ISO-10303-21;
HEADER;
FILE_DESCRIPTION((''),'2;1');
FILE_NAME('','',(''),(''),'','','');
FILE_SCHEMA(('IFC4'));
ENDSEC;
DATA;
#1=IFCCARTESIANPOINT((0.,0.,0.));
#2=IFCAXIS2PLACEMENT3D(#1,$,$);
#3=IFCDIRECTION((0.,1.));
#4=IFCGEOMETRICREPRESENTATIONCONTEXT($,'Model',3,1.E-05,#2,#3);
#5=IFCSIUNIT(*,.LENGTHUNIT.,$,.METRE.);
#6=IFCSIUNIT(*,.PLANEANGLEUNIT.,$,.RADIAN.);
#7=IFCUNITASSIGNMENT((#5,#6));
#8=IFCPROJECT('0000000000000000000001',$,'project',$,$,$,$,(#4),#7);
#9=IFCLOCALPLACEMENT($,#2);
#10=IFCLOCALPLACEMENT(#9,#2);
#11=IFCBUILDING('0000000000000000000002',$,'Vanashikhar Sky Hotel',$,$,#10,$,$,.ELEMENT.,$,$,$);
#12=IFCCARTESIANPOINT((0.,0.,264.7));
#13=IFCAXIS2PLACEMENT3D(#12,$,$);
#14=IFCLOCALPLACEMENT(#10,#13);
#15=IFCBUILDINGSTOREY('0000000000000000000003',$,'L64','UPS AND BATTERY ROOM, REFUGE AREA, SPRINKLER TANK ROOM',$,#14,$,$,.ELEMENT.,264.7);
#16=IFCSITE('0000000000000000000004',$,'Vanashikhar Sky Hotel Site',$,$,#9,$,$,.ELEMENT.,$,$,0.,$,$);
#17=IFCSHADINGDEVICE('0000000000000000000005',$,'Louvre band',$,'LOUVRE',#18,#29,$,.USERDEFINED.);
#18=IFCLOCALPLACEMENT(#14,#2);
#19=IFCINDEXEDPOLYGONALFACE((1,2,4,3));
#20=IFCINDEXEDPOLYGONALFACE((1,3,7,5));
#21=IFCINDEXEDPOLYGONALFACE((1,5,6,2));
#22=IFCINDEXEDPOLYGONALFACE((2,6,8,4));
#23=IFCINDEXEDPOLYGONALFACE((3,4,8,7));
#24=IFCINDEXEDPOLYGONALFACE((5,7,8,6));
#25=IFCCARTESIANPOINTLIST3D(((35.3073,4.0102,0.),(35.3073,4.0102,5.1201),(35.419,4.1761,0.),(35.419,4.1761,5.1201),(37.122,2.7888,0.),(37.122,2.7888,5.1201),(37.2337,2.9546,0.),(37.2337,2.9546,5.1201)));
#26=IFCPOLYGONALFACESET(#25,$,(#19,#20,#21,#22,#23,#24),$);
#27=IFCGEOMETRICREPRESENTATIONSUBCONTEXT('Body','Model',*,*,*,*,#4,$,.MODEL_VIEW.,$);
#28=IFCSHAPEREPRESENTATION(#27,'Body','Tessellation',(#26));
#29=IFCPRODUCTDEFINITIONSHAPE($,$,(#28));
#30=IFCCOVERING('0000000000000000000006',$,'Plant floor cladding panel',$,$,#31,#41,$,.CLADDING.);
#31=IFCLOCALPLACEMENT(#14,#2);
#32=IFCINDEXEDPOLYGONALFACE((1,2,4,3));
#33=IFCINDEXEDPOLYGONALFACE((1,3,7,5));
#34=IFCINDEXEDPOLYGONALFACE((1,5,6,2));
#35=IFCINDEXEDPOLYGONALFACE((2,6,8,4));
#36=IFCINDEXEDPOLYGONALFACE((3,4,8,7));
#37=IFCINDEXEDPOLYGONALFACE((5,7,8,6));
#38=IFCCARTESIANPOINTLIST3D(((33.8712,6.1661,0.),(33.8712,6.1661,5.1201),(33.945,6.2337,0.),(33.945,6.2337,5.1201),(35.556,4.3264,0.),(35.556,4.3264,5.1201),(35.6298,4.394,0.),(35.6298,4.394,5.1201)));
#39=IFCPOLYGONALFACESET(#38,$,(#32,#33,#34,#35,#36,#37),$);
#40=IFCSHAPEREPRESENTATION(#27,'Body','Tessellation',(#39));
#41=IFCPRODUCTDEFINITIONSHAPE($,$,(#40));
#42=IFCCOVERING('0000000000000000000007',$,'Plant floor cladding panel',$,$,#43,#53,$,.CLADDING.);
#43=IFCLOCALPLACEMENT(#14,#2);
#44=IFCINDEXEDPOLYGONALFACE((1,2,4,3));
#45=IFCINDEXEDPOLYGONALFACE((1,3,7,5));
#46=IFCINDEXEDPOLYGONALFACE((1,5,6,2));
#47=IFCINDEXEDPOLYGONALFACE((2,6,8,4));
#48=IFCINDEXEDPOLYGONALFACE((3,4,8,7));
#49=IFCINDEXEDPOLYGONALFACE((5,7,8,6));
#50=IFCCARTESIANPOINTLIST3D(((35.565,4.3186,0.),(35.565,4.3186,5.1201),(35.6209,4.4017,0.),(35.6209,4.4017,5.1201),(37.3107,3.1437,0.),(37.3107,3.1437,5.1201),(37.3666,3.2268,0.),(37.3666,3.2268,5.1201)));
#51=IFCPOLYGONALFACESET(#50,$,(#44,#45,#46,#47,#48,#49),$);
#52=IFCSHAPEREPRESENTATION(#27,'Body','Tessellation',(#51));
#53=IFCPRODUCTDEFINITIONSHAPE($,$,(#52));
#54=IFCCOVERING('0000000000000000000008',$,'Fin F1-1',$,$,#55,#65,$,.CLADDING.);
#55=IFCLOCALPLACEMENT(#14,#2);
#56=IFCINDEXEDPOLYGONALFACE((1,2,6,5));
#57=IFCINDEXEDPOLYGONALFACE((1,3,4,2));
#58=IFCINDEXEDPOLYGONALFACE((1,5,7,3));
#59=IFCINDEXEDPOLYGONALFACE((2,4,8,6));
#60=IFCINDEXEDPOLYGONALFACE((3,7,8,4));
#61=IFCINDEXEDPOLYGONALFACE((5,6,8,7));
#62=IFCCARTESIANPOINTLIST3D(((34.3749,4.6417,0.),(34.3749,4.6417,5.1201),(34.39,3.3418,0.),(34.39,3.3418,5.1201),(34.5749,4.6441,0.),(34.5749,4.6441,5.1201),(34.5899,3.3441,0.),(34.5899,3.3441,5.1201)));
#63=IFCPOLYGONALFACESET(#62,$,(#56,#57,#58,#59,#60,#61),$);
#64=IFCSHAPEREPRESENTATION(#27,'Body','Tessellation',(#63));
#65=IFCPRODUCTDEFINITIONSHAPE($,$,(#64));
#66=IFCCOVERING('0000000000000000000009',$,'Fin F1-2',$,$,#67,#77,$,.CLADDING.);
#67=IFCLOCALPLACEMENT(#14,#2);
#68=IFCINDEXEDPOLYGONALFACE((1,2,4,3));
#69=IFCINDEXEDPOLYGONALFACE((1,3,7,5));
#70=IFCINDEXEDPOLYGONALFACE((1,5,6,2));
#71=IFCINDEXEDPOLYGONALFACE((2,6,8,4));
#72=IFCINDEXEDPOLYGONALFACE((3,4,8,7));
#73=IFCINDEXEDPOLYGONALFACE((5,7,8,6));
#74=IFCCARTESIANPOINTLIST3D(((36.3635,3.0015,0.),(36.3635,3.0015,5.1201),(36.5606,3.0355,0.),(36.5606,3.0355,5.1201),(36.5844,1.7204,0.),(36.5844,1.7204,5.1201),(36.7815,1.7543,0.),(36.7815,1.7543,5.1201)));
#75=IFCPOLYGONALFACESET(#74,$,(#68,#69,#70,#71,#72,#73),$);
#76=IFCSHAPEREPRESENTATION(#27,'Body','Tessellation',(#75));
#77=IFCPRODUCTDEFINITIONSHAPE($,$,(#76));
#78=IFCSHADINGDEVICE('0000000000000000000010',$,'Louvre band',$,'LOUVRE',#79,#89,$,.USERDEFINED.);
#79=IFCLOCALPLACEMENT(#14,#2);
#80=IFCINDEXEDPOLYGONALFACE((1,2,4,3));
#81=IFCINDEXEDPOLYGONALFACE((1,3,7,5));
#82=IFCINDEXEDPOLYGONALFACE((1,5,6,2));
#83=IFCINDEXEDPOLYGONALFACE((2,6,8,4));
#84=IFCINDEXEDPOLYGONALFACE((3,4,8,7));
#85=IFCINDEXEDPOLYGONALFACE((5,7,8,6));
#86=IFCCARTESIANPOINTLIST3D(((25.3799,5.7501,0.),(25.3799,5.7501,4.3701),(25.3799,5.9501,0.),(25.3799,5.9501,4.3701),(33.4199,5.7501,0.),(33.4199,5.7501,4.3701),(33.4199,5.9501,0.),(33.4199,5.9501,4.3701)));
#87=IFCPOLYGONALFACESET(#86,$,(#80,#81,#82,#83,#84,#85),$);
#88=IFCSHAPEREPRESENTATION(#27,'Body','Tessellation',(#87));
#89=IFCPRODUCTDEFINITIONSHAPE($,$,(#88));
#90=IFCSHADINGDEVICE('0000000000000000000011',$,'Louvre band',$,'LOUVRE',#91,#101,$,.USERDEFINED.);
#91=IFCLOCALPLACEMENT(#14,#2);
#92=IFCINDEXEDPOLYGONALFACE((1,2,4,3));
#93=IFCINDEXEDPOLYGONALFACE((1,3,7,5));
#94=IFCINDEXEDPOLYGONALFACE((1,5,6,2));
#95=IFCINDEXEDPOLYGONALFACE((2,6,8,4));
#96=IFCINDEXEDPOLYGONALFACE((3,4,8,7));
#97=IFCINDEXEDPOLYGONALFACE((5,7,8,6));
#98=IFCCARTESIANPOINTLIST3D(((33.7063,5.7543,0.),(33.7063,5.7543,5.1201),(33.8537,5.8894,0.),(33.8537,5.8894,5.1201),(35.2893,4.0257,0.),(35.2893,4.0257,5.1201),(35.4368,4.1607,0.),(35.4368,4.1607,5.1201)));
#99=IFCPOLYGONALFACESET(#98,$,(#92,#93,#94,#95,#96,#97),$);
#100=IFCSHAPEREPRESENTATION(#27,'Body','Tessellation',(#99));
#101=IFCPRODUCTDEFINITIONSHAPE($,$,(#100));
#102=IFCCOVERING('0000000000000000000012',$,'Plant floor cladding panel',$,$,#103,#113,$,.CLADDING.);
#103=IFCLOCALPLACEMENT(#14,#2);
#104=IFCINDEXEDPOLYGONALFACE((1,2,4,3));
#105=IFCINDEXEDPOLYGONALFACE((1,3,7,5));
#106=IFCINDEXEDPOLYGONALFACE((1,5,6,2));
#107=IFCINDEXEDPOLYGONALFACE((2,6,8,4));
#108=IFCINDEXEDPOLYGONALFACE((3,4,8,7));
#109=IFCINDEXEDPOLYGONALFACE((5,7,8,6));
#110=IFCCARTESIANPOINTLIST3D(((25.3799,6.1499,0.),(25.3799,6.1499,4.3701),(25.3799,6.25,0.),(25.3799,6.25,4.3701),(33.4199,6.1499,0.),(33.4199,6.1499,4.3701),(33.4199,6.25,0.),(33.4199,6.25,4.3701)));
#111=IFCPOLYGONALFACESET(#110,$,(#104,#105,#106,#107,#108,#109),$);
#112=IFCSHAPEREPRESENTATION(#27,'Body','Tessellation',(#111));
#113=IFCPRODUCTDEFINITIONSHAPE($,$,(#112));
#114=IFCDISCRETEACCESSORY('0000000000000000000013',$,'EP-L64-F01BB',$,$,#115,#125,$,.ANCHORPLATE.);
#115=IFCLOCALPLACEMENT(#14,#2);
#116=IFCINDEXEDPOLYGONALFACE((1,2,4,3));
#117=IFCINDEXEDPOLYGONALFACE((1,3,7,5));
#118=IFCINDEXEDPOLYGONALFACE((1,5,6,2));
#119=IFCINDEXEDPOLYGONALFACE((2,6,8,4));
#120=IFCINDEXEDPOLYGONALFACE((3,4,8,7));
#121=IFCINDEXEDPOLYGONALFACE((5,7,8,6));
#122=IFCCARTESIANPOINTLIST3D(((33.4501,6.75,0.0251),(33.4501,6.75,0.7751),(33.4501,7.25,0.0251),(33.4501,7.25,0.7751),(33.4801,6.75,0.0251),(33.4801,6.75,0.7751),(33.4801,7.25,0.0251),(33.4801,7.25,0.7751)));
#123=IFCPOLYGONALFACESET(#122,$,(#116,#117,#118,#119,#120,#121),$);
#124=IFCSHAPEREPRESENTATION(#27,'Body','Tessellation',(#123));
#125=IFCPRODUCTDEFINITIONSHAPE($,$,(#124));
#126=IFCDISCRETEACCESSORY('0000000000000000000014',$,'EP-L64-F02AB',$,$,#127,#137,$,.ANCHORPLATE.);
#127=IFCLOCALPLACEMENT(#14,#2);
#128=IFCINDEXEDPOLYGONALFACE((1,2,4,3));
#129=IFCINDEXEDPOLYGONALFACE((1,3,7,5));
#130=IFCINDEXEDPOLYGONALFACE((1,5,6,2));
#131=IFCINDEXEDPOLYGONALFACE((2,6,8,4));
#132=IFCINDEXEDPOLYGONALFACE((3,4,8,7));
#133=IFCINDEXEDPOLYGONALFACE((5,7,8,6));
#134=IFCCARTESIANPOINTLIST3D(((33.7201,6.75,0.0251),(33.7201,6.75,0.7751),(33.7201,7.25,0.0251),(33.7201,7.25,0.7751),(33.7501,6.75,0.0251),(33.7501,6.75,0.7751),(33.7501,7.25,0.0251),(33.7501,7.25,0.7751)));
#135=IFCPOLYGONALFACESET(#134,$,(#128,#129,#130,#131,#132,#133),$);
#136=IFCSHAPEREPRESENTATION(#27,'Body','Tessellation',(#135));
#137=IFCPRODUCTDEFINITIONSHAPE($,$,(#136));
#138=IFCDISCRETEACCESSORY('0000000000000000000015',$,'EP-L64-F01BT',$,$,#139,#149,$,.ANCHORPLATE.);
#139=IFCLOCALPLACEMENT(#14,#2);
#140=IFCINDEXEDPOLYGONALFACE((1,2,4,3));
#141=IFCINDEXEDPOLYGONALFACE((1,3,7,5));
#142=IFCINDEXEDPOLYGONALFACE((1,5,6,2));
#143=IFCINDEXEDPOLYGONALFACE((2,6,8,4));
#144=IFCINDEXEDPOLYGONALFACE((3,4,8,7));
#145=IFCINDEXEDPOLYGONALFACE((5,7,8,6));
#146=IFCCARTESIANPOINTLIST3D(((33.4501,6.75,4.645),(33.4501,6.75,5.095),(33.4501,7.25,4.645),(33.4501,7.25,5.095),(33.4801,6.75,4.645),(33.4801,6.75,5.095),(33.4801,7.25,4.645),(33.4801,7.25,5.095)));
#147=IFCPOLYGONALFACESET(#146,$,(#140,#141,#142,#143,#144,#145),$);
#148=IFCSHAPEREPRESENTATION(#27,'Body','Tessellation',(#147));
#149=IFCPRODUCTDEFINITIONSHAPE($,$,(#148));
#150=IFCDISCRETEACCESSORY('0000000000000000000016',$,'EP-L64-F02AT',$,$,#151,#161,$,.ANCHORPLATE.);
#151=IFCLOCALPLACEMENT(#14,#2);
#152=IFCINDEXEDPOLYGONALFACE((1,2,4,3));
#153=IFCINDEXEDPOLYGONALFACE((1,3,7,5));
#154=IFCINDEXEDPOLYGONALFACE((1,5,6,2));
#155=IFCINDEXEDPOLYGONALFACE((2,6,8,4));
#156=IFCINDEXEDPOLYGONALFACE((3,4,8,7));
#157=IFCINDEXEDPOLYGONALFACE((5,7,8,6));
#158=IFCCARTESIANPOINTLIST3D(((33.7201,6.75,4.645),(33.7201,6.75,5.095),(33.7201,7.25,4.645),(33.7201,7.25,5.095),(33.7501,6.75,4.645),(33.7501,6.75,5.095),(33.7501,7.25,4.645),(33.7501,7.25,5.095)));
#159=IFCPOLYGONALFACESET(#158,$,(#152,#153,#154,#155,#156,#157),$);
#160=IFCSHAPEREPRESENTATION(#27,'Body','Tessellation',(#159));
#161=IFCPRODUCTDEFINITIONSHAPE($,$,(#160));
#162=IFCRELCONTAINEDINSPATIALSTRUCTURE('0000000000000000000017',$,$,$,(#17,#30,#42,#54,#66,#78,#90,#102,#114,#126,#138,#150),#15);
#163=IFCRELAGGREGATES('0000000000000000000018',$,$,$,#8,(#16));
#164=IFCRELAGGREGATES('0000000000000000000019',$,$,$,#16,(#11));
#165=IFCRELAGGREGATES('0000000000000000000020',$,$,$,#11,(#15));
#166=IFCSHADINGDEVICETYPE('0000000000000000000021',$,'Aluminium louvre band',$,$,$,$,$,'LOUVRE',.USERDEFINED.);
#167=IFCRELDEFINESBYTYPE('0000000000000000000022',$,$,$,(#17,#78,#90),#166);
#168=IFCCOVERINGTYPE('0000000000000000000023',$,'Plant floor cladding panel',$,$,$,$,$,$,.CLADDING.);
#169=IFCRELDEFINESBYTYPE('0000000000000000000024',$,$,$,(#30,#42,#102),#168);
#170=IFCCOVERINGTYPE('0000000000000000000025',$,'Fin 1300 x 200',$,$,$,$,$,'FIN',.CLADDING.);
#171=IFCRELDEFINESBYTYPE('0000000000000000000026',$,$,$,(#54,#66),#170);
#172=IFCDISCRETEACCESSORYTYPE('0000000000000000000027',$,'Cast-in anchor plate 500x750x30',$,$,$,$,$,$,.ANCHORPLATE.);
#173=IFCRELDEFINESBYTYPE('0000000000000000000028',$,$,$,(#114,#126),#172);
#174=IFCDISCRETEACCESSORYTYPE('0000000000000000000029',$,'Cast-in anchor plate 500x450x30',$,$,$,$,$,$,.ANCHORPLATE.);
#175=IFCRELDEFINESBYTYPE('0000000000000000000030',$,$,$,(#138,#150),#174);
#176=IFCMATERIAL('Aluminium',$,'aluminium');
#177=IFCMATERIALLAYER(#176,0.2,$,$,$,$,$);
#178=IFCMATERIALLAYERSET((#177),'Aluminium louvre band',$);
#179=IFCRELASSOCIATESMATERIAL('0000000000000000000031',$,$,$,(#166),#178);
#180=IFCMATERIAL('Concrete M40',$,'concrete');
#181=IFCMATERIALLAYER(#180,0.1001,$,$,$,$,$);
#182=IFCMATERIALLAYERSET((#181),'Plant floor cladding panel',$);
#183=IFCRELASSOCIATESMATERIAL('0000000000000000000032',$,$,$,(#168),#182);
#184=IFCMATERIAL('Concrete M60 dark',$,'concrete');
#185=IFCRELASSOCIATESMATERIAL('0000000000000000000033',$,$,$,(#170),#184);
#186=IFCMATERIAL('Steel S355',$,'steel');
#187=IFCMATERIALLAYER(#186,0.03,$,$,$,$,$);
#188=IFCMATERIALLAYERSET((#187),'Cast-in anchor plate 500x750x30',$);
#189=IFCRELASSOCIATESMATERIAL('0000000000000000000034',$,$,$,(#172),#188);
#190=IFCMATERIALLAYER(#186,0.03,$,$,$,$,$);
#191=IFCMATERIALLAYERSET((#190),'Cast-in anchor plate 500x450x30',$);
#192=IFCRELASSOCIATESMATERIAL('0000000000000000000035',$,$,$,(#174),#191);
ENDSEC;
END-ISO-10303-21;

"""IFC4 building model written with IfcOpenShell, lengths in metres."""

from ifc_helpers import new_model, si_unit, direction, frame, origin, origin_2d, place, context, subcontext, project, spatial, rectangle, extrude, source, transform, mapped, material, layer, layer_set, material_profile, profile_set, type_object, element, save


model = new_model("IFC4")

# Units and contexts
model_context = context("Model", 3, precision=1e-05, world=origin(), true_north=direction((0.0, 1.0)))
body_context = subcontext(model_context, "Body", "Model", "MODEL_VIEW")
ifc_project = project(units=[si_unit("LENGTHUNIT", "METRE"), si_unit("PLANEANGLEUNIT", "RADIAN")], contexts=[model_context])

# Site, building, storey
site_placement = place(None, origin())
site = spatial("IfcSite", under=ifc_project, at=site_placement, Name="Vanashikhar Sky Hotel Site", CompositionType="ELEMENT", RefElevation=0.0)
building_placement = place(site_placement, origin())
building = spatial("IfcBuilding", under=site, at=building_placement, Name="Vanashikhar Sky Hotel", CompositionType="ELEMENT")
storey_placement = place(building_placement, frame((0.0, 0.0, 264.7)))
storey = spatial("IfcBuildingStorey", under=building, at=storey_placement, Name="L64", Description="UPS AND BATTERY ROOM, REFUGE AREA, SPRINKLER TANK ROOM", CompositionType="ELEMENT", Elevation=264.7)

# Shared definitions
ifc_material_1 = material(Name="Steel S355", Category="steel")

# Shading device
ifc_material_2 = material(Name="Aluminium", Category="aluminium")
ifc_layer_1 = layer(ifc_material_2, 0.2)
ifc_layer_set_1 = layer_set([ifc_layer_1], Name="Aluminium louvre band")
shading_device_type = type_object("IfcShadingDeviceType", Name="Aluminium louvre band", ElementType="LOUVRE", PredefinedType="USERDEFINED", material=ifc_layer_set_1)
shared_shape_1 = source(origin(), body_context, "Body", "SweptSolid", [
    extrude(rectangle(XDim=2.1875, YDim=0.2, at=origin_2d()), origin(), (0.0, 0.0, 1.0), 5.1201),
])
shading_device_1_placement = place(storey_placement, frame((36.2705, 3.4824, 0.0), z_axis=(0.0, 0.0, 1.0), x_axis=(0.829584, -0.558382, 0.0)))
element("IfcShadingDevice", 1, at=shading_device_1_placement, inside=storey, type_object=shading_device_type, Name="Louvre band", ObjectType="LOUVRE", PredefinedType="USERDEFINED", context=body_context, shape_type="MappedRepresentation", body=[
    mapped(shared_shape_1, transform((0.0, 0.0, 0.0), scale=1.0)),
])

# Coverings
ifc_material_3 = material(Name="Concrete M40", Category="concrete")
ifc_layer_2 = layer(ifc_material_3, 0.1001)
ifc_layer_set_2 = layer_set([ifc_layer_2], Name="Plant floor cladding panel")
covering_type_1 = type_object("IfcCoveringType", Name="Plant floor cladding panel", PredefinedType="CLADDING", material=ifc_layer_set_2)
shared_shape_2 = source(origin(), body_context, "Body", "SweptSolid", [
    extrude(rectangle(XDim=2.4946, YDim=0.1001, at=origin_2d()), origin(), (0.0, 0.0, 1.0), 5.1201),
])
covering_1_placement = place(storey_placement, frame((34.7505, 5.28, 0.0), z_axis=(0.0, 0.0, 1.0), x_axis=(0.675384, -0.737466, 0.0)))
element("IfcCovering", 2, at=covering_1_placement, inside=storey, type_object=covering_type_1, Name="Plant floor cladding panel", PredefinedType="CLADDING", context=body_context, shape_type="MappedRepresentation", body=[
    mapped(shared_shape_2, transform((0.0, 0.0, 0.0), scale=1.0)),
])
shared_shape_3 = source(origin(), body_context, "Body", "SweptSolid", [
    extrude(rectangle(XDim=2.1042, YDim=0.1001, at=origin_2d()), origin(), (0.0, 0.0, 1.0), 5.1201),
])
covering_2_placement = place(storey_placement, frame((36.4658, 3.7727, 0.0), z_axis=(0.0, 0.0, 1.0), x_axis=(0.829603, -0.558353, 0.0)))
element("IfcCovering", 3, at=covering_2_placement, inside=storey, type_object=covering_type_1, Name="Plant floor cladding panel", PredefinedType="CLADDING", context=body_context, shape_type="MappedRepresentation", body=[
    mapped(shared_shape_3, transform((0.0, 0.0, 0.0), scale=1.0)),
])
ifc_material_4 = material(Name="Concrete M60 dark", Category="concrete")
ifc_material_profile_1 = material_profile(ifc_material_4, rectangle(XDim=1.3, YDim=0.2, at=origin_2d()))
ifc_profile_set_1 = profile_set([ifc_material_profile_1], Name="Fin 1300 x 200")
covering_type_2 = type_object("IfcCoveringType", Name="Fin 1300 x 200", ElementType="FIN", PredefinedType="CLADDING", material=ifc_profile_set_1)
shared_shape_4 = source(origin(), body_context, "Body", "SweptSolid", [
    extrude(rectangle(XDim=1.3, YDim=0.2, at=origin_2d()), origin(), (0.0, 0.0, 1.0), 5.1201),
])
for number, where, z_axis, x_axis, name in (
    (4, (34.4824, 3.9929, 0.0), (0.0, 0.0, 1.0), (0.011589, -0.999933, 0.0), "Fin F1-1"),
    (5, (36.5725, 2.3779, 0.0), (0.0, 0.0, 1.0), (0.1699, -0.985461, 0.0), "Fin F1-2"),
):
    element("IfcCovering", number, at=place(storey_placement, frame(where, z_axis=z_axis, x_axis=x_axis)), inside=storey, type_object=covering_type_2, Name=name, PredefinedType="CLADDING", context=body_context, shape_type="MappedRepresentation", body=[
        mapped(shared_shape_4, transform((0.0, 0.0, 0.0), scale=1.0)),
    ])

# Shading devices
shared_shape_5 = source(origin(), body_context, "Body", "SweptSolid", [
    extrude(rectangle(XDim=8.04, YDim=0.2, at=origin_2d()), origin(), (0.0, 0.0, 1.0), 4.3701),
])
shading_device_2_placement = place(storey_placement, frame((29.3999, 5.8501, 0.0), z_axis=(0.0, 0.0, 1.0), x_axis=(1.0, 0.0, 0.0)))
element("IfcShadingDevice", 6, at=shading_device_2_placement, inside=storey, type_object=shading_device_type, Name="Louvre band", ObjectType="LOUVRE", PredefinedType="USERDEFINED", context=body_context, shape_type="MappedRepresentation", body=[
    mapped(shared_shape_5, transform((0.0, 0.0, 0.0), scale=1.0)),
])
shared_shape_6 = source(origin(), body_context, "Body", "SweptSolid", [
    extrude(rectangle(XDim=2.344, YDim=0.2, at=origin_2d()), origin(), (0.0, 0.0, 1.0), 5.1201),
])
shading_device_3_placement = place(storey_placement, frame((34.5715, 4.9575, 0.0), z_axis=(0.0, 0.0, 1.0), x_axis=(0.675359, -0.73749, 0.0)))
element("IfcShadingDevice", 7, at=shading_device_3_placement, inside=storey, type_object=shading_device_type, Name="Louvre band", ObjectType="LOUVRE", PredefinedType="USERDEFINED", context=body_context, shape_type="MappedRepresentation", body=[
    mapped(shared_shape_6, transform((0.0, 0.0, 0.0), scale=1.0)),
])

# Covering
shared_shape_7 = source(origin(), body_context, "Body", "SweptSolid", [
    extrude(rectangle(XDim=8.04, YDim=0.1001, at=origin_2d()), origin(), (0.0, 0.0, 1.0), 4.3701),
])
covering_3_placement = place(storey_placement, frame((29.3999, 6.2, 0.0), z_axis=(0.0, 0.0, 1.0), x_axis=(1.0, 0.0, 0.0)))
element("IfcCovering", 8, at=covering_3_placement, inside=storey, type_object=covering_type_1, Name="Plant floor cladding panel", PredefinedType="CLADDING", context=body_context, shape_type="MappedRepresentation", body=[
    mapped(shared_shape_7, transform((0.0, 0.0, 0.0), scale=1.0)),
])

# Discrete accessories
ifc_layer_3 = layer(ifc_material_1, 0.03)
ifc_layer_set_3 = layer_set([ifc_layer_3], Name="Cast-in anchor plate 500x750x30")
discrete_accessory_type_1 = type_object("IfcDiscreteAccessoryType", Name="Cast-in anchor plate 500x750x30", PredefinedType="ANCHORPLATE", material=ifc_layer_set_3)
shared_shape_8 = source(origin(), body_context, "Body", "SweptSolid", [
    extrude(rectangle(XDim=0.03, YDim=0.5, at=origin_2d()), origin(), (0.0, 0.0, 1.0), 0.75),
])
for number, where, z_axis, x_axis, name in (
    (9, (33.4651, 7.0, 0.0251), (0.0, 0.0, 1.0), (1.0, 0.0, 0.0), "EP-L64-F01BB"),
    (10, (33.7351, 7.0, 0.0251), (0.0, 0.0, 1.0), (1.0, 0.0, 0.0), "EP-L64-F02AB"),
):
    element("IfcDiscreteAccessory", number, at=place(storey_placement, frame(where, z_axis=z_axis, x_axis=x_axis)), inside=storey, type_object=discrete_accessory_type_1, Name=name, PredefinedType="ANCHORPLATE", context=body_context, shape_type="MappedRepresentation", body=[
        mapped(shared_shape_8, transform((0.0, 0.0, 0.0), scale=1.0)),
    ])
ifc_layer_4 = layer(ifc_material_1, 0.03)
ifc_layer_set_4 = layer_set([ifc_layer_4], Name="Cast-in anchor plate 500x450x30")
discrete_accessory_type_2 = type_object("IfcDiscreteAccessoryType", Name="Cast-in anchor plate 500x450x30", PredefinedType="ANCHORPLATE", material=ifc_layer_set_4)
shared_shape_9 = source(origin(), body_context, "Body", "SweptSolid", [
    extrude(rectangle(XDim=0.03, YDim=0.5, at=origin_2d()), origin(), (0.0, 0.0, 1.0), 0.45),
])
for number, where, z_axis, x_axis, name in (
    (11, (33.4651, 7.0, 4.645), (0.0, 0.0, 1.0), (1.0, 0.0, 0.0), "EP-L64-F01BT"),
    (12, (33.7351, 7.0, 4.645), (0.0, 0.0, 1.0), (1.0, 0.0, 0.0), "EP-L64-F02AT"),
):
    element("IfcDiscreteAccessory", number, at=place(storey_placement, frame(where, z_axis=z_axis, x_axis=x_axis)), inside=storey, type_object=discrete_accessory_type_2, Name=name, PredefinedType="ANCHORPLATE", context=body_context, shape_type="MappedRepresentation", body=[
        mapped(shared_shape_9, transform((0.0, 0.0, 0.0), scale=1.0)),
    ])

save(model, "model.ifc")
